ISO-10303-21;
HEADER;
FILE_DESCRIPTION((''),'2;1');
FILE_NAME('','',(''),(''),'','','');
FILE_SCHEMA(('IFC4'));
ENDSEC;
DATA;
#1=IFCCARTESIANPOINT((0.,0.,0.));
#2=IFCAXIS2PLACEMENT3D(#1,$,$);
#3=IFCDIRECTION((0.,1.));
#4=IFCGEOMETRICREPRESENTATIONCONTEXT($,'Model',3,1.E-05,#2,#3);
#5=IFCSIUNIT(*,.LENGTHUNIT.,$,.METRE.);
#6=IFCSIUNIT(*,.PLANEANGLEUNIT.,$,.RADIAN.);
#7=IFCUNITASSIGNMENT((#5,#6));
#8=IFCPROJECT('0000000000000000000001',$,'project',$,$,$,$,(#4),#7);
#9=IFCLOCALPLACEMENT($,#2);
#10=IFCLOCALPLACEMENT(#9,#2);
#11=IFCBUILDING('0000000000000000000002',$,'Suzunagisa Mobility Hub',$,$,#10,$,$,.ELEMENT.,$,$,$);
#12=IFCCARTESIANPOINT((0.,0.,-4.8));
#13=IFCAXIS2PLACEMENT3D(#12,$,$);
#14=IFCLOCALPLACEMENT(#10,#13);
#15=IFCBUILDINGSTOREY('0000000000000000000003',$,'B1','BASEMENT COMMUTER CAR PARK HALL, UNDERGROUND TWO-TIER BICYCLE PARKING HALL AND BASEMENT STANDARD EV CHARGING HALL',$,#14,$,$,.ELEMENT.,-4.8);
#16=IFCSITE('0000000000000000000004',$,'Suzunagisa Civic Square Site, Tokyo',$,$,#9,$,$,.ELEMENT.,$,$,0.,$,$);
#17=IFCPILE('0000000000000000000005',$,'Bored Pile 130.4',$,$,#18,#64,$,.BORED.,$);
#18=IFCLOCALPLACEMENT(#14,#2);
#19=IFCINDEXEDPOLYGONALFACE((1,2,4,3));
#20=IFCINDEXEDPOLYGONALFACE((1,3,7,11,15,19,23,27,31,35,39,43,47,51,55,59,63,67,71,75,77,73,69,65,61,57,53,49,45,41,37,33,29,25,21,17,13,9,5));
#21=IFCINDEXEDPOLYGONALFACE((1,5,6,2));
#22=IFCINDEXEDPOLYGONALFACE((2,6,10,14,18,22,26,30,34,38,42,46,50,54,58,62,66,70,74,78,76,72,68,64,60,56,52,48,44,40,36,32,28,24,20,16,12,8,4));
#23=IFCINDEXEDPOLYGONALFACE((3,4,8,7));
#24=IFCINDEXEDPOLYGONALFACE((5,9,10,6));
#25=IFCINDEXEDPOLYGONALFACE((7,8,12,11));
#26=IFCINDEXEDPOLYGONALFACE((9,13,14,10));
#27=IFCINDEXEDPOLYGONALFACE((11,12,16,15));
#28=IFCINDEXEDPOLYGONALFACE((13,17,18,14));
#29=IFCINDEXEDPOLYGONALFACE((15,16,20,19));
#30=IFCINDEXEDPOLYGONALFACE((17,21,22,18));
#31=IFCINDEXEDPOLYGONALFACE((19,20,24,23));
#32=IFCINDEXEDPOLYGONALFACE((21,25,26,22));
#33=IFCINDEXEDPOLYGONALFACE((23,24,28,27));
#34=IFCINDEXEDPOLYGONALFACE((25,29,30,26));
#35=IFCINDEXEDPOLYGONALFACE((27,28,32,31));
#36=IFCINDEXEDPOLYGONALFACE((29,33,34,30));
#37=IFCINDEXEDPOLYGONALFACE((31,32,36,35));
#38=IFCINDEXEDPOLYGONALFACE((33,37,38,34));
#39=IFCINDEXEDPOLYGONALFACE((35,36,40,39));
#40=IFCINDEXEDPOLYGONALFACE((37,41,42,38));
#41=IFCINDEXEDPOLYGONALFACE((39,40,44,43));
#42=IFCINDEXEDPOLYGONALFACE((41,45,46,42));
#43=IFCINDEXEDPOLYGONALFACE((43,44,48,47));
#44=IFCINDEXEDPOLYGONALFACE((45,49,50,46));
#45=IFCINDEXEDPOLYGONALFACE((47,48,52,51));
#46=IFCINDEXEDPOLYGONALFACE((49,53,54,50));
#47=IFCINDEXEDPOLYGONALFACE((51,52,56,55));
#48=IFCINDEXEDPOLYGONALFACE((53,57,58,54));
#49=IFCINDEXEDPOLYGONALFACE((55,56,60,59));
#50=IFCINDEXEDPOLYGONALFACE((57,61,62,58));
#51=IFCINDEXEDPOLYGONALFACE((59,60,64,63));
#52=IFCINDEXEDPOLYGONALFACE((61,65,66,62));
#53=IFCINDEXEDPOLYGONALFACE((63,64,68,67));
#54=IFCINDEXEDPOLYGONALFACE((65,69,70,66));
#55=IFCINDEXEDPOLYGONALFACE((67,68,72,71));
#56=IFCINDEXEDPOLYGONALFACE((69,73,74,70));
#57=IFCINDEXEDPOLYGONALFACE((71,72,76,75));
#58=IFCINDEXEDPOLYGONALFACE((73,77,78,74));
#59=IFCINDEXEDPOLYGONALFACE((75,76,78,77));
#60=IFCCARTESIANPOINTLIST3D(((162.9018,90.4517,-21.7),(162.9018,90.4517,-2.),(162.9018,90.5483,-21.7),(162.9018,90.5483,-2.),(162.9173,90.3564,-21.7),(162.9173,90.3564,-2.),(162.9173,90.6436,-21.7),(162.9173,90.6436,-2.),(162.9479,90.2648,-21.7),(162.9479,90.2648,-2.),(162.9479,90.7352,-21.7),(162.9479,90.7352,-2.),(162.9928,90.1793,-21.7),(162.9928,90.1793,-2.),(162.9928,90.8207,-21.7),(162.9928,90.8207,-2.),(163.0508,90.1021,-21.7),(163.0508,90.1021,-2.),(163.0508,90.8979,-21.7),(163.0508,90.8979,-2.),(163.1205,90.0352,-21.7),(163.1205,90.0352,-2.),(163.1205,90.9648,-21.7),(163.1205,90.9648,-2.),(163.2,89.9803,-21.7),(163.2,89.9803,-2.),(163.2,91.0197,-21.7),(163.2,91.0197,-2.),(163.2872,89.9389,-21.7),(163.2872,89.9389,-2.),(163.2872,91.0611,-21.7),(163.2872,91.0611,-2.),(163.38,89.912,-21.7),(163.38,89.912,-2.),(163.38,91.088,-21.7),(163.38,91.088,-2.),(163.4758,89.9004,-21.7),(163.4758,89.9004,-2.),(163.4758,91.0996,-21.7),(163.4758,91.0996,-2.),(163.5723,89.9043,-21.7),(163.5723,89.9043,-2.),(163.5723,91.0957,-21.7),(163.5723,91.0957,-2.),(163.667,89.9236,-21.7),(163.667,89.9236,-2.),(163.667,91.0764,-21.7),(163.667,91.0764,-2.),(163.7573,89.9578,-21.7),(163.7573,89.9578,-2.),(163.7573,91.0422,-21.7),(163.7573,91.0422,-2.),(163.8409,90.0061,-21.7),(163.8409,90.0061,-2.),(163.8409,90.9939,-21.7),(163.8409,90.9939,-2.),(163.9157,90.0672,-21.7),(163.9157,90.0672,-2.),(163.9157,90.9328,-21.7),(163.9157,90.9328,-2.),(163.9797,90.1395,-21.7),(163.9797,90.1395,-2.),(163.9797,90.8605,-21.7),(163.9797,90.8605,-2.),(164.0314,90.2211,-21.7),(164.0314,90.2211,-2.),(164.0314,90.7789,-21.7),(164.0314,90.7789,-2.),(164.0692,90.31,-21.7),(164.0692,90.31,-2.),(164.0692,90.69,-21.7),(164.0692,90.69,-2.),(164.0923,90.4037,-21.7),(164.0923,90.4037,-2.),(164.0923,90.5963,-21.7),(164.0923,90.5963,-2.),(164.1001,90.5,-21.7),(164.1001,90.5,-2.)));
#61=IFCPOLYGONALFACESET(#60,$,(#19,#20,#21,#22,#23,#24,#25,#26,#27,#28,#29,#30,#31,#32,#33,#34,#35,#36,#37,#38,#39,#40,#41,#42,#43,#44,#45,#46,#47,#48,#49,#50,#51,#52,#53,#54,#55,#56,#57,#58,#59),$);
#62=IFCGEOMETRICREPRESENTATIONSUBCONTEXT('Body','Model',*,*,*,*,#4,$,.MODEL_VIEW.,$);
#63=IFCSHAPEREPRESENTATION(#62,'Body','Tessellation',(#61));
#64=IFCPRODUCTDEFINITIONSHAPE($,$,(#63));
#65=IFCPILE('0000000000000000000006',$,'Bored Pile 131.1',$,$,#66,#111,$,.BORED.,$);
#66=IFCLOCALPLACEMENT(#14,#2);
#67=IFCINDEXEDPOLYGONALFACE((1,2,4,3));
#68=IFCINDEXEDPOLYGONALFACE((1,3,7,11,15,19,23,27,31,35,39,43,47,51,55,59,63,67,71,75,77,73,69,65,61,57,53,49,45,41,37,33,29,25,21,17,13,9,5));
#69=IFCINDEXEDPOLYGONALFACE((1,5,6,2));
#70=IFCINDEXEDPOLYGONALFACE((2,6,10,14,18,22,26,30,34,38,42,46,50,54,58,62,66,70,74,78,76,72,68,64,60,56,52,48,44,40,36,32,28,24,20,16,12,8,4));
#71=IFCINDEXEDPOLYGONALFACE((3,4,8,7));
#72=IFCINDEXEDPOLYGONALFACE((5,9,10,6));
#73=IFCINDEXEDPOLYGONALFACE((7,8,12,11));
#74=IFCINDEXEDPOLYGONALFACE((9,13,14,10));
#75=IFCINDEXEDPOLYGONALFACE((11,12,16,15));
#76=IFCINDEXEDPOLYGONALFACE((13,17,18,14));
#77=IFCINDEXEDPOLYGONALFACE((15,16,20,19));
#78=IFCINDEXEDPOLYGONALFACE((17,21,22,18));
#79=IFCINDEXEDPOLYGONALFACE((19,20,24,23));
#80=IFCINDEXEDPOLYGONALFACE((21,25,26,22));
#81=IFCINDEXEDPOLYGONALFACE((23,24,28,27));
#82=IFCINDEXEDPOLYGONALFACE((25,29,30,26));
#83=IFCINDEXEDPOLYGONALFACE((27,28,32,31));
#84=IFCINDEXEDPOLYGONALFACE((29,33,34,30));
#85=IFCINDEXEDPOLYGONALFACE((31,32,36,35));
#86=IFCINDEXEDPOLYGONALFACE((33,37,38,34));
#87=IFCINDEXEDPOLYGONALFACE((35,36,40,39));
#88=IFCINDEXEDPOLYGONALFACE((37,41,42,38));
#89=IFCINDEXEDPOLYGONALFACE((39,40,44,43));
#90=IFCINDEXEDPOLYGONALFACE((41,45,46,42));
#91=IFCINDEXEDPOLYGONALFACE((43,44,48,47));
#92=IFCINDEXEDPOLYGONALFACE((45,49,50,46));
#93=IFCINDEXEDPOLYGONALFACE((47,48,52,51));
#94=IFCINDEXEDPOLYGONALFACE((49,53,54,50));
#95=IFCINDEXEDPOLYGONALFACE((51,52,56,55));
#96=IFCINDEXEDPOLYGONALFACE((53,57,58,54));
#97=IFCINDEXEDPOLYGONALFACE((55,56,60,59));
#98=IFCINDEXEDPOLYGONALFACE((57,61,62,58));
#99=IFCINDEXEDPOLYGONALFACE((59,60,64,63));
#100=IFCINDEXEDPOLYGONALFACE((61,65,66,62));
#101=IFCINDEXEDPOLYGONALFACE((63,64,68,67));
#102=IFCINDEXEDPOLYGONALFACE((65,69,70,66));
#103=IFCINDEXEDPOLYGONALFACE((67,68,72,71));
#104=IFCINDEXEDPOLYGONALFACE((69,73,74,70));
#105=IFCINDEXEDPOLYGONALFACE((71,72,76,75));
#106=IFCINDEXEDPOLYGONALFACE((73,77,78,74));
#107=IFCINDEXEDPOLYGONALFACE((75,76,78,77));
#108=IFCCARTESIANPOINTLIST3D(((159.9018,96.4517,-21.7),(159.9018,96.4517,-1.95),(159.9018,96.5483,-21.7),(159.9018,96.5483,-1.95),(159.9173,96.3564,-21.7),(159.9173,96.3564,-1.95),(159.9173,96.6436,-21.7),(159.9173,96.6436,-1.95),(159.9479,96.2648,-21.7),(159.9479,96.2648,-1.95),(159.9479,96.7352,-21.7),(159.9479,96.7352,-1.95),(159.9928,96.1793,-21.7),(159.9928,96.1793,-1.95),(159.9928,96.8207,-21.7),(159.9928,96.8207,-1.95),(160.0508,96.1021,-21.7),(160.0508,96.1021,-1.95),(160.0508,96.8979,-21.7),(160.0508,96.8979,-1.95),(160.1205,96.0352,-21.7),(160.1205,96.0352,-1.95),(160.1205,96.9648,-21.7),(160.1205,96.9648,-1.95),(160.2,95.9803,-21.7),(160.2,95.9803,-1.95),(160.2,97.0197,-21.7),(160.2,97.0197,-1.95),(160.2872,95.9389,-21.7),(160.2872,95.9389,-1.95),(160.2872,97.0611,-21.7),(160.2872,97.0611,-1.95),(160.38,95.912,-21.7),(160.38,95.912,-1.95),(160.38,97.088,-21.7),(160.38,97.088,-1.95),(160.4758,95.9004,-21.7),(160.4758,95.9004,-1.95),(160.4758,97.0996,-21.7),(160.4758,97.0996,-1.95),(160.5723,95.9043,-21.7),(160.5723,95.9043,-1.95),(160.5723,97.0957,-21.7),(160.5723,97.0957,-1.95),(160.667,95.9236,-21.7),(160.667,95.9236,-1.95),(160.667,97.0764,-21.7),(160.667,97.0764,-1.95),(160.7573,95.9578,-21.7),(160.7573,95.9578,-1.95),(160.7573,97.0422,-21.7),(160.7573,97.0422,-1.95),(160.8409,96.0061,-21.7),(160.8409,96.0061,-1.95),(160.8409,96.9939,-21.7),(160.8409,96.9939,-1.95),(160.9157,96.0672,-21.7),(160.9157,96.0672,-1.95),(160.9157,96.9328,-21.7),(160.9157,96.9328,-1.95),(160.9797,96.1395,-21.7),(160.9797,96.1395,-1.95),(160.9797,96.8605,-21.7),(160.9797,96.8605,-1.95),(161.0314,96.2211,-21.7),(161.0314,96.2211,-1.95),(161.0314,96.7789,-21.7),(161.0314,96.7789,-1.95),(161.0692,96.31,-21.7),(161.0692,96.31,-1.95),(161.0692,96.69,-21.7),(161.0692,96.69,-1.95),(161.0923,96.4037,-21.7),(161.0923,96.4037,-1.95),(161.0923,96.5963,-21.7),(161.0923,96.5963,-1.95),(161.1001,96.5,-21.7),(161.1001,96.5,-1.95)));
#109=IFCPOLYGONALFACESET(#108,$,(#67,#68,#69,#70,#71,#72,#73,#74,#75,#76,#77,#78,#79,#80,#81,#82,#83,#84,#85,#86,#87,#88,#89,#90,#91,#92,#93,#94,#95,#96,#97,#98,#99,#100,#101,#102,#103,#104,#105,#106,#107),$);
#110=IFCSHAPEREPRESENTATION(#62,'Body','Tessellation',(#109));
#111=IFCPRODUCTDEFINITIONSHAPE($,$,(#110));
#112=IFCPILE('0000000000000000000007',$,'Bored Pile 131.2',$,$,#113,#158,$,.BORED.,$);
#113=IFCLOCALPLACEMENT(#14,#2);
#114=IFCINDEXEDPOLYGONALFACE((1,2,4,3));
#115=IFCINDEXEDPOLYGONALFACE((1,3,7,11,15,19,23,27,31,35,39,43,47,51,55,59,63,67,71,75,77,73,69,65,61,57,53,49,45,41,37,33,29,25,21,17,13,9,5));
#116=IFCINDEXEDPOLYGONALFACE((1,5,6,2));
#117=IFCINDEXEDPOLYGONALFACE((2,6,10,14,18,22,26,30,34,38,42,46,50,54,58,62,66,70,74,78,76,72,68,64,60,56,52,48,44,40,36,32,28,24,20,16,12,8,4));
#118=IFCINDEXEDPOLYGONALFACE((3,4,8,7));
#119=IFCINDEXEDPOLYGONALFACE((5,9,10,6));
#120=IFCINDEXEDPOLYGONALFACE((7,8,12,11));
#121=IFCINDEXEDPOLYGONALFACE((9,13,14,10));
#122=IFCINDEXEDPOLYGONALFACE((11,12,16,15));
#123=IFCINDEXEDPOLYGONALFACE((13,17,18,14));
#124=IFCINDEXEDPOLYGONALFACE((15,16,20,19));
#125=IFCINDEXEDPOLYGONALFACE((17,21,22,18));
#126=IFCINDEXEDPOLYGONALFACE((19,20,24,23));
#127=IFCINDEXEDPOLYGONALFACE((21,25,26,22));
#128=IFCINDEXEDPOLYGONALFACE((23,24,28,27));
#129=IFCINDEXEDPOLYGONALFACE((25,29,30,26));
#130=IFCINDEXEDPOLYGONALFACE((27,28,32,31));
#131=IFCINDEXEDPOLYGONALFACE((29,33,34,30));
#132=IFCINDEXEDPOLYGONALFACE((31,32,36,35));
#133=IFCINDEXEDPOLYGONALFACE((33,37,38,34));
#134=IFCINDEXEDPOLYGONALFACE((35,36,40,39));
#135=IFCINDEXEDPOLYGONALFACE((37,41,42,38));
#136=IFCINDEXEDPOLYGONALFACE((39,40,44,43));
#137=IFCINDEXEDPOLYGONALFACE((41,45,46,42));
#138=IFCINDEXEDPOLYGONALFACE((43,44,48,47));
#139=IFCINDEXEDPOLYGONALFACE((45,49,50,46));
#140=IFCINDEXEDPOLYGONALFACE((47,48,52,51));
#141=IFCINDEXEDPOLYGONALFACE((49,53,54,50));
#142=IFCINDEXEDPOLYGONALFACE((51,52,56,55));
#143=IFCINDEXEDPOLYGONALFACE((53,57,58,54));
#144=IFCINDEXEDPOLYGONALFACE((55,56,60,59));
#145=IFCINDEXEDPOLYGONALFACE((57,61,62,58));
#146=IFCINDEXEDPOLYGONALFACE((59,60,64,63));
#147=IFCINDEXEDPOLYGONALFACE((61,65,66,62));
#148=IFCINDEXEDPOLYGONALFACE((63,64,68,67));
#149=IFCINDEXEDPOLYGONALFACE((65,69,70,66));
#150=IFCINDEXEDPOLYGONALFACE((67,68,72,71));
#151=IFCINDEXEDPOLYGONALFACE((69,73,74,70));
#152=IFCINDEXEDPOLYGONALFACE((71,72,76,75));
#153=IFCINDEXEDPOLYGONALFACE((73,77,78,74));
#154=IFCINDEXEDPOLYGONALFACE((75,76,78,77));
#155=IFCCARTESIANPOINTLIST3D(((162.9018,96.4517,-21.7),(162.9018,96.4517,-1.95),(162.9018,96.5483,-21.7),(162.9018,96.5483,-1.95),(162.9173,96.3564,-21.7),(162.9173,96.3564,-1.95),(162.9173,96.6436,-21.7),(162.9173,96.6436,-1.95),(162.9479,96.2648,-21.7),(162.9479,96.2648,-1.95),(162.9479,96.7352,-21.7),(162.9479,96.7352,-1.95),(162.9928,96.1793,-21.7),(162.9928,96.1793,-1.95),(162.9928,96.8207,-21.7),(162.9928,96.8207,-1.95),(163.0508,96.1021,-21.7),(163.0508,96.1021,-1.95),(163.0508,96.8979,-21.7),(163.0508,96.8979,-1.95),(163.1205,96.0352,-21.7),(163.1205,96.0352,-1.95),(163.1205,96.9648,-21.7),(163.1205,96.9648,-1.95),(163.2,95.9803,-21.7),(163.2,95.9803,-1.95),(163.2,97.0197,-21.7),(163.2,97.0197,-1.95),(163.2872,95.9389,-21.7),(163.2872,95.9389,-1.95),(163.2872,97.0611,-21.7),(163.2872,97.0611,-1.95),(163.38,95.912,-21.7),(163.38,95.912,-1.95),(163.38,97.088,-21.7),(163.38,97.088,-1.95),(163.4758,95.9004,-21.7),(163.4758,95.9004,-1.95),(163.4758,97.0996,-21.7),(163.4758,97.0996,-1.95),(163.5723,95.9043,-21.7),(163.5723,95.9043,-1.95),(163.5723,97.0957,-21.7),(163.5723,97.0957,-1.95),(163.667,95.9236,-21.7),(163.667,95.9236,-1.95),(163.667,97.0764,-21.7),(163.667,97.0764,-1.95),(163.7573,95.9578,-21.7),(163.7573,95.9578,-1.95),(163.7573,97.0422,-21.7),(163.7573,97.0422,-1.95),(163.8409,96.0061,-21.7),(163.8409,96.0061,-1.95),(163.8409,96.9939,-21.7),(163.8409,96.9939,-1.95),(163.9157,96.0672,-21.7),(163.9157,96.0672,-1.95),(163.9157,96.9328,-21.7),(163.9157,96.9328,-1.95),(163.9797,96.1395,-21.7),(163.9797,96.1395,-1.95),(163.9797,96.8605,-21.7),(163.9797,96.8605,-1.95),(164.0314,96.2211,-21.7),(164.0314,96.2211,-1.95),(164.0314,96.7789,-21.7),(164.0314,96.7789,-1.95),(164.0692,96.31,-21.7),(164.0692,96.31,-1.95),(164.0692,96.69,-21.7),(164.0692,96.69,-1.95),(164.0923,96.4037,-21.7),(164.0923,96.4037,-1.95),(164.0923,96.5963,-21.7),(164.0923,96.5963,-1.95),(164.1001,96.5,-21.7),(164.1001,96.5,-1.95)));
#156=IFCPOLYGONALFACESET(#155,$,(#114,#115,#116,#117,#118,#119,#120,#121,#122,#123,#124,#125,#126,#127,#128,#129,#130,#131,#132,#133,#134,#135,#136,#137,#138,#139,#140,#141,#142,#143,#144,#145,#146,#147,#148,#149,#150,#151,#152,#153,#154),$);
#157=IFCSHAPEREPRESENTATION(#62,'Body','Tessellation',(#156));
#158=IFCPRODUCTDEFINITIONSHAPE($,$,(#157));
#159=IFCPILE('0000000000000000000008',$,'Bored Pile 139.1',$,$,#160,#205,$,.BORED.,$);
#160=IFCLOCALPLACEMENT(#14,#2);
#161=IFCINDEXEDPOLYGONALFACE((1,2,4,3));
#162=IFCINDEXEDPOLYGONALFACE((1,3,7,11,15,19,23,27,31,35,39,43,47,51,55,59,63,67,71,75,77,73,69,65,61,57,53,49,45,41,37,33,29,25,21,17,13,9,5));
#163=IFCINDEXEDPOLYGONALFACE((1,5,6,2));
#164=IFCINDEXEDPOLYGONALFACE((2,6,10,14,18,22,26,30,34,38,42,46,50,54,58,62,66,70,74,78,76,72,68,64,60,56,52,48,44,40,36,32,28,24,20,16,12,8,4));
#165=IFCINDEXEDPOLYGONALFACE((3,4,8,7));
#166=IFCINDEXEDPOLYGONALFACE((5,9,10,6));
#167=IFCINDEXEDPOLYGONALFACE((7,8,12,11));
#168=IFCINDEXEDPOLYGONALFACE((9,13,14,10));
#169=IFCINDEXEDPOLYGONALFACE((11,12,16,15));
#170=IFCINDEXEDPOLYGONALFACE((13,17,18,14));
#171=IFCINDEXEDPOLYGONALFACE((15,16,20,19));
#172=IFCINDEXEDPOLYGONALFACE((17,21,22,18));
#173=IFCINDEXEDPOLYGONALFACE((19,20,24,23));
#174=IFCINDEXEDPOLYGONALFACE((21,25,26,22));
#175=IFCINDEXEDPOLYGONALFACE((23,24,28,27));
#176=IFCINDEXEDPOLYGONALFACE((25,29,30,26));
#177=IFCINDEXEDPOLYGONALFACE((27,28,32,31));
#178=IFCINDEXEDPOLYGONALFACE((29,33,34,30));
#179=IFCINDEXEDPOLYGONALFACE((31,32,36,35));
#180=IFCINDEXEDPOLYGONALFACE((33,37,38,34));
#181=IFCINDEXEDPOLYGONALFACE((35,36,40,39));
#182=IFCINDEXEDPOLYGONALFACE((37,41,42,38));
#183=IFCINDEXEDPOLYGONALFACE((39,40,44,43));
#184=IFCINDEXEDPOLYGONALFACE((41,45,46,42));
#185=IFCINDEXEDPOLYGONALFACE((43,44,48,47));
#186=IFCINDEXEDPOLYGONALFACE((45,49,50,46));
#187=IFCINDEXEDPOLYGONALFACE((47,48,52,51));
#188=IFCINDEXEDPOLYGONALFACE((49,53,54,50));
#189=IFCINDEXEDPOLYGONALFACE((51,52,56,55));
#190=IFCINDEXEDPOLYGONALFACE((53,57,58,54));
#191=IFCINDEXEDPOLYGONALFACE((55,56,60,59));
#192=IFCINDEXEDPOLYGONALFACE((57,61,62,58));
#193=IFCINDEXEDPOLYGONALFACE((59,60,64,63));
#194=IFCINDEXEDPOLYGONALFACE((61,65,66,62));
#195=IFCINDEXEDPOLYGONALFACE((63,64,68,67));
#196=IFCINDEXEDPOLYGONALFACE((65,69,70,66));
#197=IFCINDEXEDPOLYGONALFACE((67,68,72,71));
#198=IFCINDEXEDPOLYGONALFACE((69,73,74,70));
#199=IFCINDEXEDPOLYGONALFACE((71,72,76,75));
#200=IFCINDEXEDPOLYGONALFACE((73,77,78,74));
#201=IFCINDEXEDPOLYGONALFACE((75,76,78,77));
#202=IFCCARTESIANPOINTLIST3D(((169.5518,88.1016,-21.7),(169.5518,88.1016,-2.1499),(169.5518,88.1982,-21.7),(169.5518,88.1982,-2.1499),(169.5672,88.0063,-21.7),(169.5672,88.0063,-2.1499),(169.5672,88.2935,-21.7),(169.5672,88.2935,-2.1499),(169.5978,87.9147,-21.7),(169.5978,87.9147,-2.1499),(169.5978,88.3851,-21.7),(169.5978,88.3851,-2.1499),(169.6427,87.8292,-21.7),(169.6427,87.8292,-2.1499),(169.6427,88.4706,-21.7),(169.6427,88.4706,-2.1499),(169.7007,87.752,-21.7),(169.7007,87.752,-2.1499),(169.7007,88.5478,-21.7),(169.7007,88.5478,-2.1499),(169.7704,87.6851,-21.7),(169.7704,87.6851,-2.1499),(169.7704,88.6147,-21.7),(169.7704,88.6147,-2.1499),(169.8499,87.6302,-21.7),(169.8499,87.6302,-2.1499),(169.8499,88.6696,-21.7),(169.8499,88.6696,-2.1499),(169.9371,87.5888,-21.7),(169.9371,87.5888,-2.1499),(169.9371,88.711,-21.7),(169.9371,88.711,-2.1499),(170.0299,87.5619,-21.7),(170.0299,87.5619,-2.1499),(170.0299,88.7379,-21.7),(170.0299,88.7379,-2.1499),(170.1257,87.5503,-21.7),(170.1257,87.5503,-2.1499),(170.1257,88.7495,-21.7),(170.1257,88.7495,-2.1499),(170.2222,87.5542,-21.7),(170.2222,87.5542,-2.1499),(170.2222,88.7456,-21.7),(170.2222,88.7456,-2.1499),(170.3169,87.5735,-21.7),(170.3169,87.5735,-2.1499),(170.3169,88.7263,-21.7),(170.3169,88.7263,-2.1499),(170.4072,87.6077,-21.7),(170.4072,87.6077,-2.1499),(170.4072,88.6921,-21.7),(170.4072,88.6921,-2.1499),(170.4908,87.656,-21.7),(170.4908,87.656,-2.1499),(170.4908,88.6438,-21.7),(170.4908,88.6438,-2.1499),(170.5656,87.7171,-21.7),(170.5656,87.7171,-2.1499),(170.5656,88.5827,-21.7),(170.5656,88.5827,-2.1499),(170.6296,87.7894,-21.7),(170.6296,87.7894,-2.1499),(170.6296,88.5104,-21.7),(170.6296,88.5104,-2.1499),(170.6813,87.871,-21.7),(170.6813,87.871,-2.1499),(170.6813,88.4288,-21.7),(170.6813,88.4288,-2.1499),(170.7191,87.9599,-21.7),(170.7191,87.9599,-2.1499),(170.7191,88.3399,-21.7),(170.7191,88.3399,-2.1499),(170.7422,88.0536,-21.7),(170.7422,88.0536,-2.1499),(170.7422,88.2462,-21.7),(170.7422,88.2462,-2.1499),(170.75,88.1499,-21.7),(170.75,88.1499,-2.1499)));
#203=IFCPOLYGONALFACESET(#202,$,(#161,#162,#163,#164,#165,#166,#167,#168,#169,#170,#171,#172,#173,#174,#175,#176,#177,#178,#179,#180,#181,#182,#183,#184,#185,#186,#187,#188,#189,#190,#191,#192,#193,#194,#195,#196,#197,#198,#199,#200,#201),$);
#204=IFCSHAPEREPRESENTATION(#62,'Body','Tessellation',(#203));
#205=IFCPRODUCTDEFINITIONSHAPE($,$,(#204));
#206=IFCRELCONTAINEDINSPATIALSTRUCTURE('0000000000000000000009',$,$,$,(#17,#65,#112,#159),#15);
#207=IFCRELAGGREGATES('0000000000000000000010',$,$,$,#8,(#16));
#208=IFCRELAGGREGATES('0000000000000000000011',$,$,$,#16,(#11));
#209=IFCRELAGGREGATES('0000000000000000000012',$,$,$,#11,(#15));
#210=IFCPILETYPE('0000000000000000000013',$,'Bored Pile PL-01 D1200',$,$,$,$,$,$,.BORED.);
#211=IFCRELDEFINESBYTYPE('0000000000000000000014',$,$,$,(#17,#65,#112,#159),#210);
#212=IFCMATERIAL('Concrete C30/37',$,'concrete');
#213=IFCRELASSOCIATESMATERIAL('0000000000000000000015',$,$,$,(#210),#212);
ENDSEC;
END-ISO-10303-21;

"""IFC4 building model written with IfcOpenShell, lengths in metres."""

from ifc_helpers import new_model, si_unit, direction, frame, origin, origin_2d, place, context, subcontext, project, spatial, circle, extrude, material, material_profile, profile_set, type_object, element, save


model = new_model("IFC4")

# Units and contexts
model_context = context("Model", 3, precision=1e-05, world=origin(), true_north=direction((0.0, 1.0)))
body_context = subcontext(model_context, "Body", "Model", "MODEL_VIEW")
ifc_project = project(units=[si_unit("LENGTHUNIT", "METRE"), si_unit("PLANEANGLEUNIT", "RADIAN")], contexts=[model_context])

# Site, building, storey
site_placement = place(None, origin())
site = spatial("IfcSite", under=ifc_project, at=site_placement, Name="Suzunagisa Civic Square Site, Tokyo", CompositionType="ELEMENT", RefElevation=0.0)
building_placement = place(site_placement, origin())
building = spatial("IfcBuilding", under=site, at=building_placement, Name="Suzunagisa Mobility Hub", CompositionType="ELEMENT")
storey_placement = place(building_placement, frame((0.0, 0.0, -4.8)))
storey = spatial("IfcBuildingStorey", under=building, at=storey_placement, Name="B1", Description="BASEMENT COMMUTER CAR PARK HALL, UNDERGROUND TWO-TIER BICYCLE PARKING HALL AND BASEMENT STANDARD EV CHARGING HALL", CompositionType="ELEMENT", Elevation=-4.8)

# Piles
ifc_material_1 = material(Name="Concrete C30/37", Category="concrete")
ifc_material_profile_1 = material_profile(ifc_material_1, circle(Radius=0.6001, at=origin_2d()), Name="BORED PILE D1200")
ifc_profile_set_1 = profile_set([ifc_material_profile_1], Name="Concrete C30/37")
pile_type = type_object("IfcPileType", Name="Bored Pile PL-01 D1200", PredefinedType="BORED", material=ifc_profile_set_1)
for number, where, z_axis, x_axis, name in (
    (1, (163.5, 90.5, -2.0), (0.0, 0.0, -1.0), (1.0, 0.0, 0.0), "Bored Pile 130.4"),
):
    element("IfcPile", number, at=place(storey_placement, frame(where, z_axis=z_axis, x_axis=x_axis)), inside=storey, type_object=pile_type, Name=name, PredefinedType="BORED", context=body_context, shape_type="SweptSolid", body=[
        extrude(circle(Radius=0.6001, at=origin_2d()), origin(), (0.0, 0.0, 1.0), 19.7),
    ])
for number, where, z_axis, x_axis, name in (
    (2, (160.5, 96.5, -1.95), (0.0, 0.0, -1.0), (1.0, 0.0, 0.0), "Bored Pile 131.1"),
    (3, (163.5, 96.5, -1.95), (0.0, 0.0, -1.0), (1.0, 0.0, 0.0), "Bored Pile 131.2"),
):
    element("IfcPile", number, at=place(storey_placement, frame(where, z_axis=z_axis, x_axis=x_axis)), inside=storey, type_object=pile_type, Name=name, PredefinedType="BORED", context=body_context, shape_type="SweptSolid", body=[
        extrude(circle(Radius=0.6001, at=origin_2d()), origin(), (0.0, 0.0, 1.0), 19.75),
    ])
for number, where, z_axis, x_axis, name in (
    (4, (170.1499, 88.1499, -2.1499), (0.0, 0.0, -1.0), (1.0, 0.0, 0.0), "Bored Pile 139.1"),
):
    element("IfcPile", number, at=place(storey_placement, frame(where, z_axis=z_axis, x_axis=x_axis)), inside=storey, type_object=pile_type, Name=name, PredefinedType="BORED", context=body_context, shape_type="SweptSolid", body=[
        extrude(circle(Radius=0.6001, at=origin_2d()), origin(), (0.0, 0.0, 1.0), 19.55),
    ])

save(model, "model.ifc")
